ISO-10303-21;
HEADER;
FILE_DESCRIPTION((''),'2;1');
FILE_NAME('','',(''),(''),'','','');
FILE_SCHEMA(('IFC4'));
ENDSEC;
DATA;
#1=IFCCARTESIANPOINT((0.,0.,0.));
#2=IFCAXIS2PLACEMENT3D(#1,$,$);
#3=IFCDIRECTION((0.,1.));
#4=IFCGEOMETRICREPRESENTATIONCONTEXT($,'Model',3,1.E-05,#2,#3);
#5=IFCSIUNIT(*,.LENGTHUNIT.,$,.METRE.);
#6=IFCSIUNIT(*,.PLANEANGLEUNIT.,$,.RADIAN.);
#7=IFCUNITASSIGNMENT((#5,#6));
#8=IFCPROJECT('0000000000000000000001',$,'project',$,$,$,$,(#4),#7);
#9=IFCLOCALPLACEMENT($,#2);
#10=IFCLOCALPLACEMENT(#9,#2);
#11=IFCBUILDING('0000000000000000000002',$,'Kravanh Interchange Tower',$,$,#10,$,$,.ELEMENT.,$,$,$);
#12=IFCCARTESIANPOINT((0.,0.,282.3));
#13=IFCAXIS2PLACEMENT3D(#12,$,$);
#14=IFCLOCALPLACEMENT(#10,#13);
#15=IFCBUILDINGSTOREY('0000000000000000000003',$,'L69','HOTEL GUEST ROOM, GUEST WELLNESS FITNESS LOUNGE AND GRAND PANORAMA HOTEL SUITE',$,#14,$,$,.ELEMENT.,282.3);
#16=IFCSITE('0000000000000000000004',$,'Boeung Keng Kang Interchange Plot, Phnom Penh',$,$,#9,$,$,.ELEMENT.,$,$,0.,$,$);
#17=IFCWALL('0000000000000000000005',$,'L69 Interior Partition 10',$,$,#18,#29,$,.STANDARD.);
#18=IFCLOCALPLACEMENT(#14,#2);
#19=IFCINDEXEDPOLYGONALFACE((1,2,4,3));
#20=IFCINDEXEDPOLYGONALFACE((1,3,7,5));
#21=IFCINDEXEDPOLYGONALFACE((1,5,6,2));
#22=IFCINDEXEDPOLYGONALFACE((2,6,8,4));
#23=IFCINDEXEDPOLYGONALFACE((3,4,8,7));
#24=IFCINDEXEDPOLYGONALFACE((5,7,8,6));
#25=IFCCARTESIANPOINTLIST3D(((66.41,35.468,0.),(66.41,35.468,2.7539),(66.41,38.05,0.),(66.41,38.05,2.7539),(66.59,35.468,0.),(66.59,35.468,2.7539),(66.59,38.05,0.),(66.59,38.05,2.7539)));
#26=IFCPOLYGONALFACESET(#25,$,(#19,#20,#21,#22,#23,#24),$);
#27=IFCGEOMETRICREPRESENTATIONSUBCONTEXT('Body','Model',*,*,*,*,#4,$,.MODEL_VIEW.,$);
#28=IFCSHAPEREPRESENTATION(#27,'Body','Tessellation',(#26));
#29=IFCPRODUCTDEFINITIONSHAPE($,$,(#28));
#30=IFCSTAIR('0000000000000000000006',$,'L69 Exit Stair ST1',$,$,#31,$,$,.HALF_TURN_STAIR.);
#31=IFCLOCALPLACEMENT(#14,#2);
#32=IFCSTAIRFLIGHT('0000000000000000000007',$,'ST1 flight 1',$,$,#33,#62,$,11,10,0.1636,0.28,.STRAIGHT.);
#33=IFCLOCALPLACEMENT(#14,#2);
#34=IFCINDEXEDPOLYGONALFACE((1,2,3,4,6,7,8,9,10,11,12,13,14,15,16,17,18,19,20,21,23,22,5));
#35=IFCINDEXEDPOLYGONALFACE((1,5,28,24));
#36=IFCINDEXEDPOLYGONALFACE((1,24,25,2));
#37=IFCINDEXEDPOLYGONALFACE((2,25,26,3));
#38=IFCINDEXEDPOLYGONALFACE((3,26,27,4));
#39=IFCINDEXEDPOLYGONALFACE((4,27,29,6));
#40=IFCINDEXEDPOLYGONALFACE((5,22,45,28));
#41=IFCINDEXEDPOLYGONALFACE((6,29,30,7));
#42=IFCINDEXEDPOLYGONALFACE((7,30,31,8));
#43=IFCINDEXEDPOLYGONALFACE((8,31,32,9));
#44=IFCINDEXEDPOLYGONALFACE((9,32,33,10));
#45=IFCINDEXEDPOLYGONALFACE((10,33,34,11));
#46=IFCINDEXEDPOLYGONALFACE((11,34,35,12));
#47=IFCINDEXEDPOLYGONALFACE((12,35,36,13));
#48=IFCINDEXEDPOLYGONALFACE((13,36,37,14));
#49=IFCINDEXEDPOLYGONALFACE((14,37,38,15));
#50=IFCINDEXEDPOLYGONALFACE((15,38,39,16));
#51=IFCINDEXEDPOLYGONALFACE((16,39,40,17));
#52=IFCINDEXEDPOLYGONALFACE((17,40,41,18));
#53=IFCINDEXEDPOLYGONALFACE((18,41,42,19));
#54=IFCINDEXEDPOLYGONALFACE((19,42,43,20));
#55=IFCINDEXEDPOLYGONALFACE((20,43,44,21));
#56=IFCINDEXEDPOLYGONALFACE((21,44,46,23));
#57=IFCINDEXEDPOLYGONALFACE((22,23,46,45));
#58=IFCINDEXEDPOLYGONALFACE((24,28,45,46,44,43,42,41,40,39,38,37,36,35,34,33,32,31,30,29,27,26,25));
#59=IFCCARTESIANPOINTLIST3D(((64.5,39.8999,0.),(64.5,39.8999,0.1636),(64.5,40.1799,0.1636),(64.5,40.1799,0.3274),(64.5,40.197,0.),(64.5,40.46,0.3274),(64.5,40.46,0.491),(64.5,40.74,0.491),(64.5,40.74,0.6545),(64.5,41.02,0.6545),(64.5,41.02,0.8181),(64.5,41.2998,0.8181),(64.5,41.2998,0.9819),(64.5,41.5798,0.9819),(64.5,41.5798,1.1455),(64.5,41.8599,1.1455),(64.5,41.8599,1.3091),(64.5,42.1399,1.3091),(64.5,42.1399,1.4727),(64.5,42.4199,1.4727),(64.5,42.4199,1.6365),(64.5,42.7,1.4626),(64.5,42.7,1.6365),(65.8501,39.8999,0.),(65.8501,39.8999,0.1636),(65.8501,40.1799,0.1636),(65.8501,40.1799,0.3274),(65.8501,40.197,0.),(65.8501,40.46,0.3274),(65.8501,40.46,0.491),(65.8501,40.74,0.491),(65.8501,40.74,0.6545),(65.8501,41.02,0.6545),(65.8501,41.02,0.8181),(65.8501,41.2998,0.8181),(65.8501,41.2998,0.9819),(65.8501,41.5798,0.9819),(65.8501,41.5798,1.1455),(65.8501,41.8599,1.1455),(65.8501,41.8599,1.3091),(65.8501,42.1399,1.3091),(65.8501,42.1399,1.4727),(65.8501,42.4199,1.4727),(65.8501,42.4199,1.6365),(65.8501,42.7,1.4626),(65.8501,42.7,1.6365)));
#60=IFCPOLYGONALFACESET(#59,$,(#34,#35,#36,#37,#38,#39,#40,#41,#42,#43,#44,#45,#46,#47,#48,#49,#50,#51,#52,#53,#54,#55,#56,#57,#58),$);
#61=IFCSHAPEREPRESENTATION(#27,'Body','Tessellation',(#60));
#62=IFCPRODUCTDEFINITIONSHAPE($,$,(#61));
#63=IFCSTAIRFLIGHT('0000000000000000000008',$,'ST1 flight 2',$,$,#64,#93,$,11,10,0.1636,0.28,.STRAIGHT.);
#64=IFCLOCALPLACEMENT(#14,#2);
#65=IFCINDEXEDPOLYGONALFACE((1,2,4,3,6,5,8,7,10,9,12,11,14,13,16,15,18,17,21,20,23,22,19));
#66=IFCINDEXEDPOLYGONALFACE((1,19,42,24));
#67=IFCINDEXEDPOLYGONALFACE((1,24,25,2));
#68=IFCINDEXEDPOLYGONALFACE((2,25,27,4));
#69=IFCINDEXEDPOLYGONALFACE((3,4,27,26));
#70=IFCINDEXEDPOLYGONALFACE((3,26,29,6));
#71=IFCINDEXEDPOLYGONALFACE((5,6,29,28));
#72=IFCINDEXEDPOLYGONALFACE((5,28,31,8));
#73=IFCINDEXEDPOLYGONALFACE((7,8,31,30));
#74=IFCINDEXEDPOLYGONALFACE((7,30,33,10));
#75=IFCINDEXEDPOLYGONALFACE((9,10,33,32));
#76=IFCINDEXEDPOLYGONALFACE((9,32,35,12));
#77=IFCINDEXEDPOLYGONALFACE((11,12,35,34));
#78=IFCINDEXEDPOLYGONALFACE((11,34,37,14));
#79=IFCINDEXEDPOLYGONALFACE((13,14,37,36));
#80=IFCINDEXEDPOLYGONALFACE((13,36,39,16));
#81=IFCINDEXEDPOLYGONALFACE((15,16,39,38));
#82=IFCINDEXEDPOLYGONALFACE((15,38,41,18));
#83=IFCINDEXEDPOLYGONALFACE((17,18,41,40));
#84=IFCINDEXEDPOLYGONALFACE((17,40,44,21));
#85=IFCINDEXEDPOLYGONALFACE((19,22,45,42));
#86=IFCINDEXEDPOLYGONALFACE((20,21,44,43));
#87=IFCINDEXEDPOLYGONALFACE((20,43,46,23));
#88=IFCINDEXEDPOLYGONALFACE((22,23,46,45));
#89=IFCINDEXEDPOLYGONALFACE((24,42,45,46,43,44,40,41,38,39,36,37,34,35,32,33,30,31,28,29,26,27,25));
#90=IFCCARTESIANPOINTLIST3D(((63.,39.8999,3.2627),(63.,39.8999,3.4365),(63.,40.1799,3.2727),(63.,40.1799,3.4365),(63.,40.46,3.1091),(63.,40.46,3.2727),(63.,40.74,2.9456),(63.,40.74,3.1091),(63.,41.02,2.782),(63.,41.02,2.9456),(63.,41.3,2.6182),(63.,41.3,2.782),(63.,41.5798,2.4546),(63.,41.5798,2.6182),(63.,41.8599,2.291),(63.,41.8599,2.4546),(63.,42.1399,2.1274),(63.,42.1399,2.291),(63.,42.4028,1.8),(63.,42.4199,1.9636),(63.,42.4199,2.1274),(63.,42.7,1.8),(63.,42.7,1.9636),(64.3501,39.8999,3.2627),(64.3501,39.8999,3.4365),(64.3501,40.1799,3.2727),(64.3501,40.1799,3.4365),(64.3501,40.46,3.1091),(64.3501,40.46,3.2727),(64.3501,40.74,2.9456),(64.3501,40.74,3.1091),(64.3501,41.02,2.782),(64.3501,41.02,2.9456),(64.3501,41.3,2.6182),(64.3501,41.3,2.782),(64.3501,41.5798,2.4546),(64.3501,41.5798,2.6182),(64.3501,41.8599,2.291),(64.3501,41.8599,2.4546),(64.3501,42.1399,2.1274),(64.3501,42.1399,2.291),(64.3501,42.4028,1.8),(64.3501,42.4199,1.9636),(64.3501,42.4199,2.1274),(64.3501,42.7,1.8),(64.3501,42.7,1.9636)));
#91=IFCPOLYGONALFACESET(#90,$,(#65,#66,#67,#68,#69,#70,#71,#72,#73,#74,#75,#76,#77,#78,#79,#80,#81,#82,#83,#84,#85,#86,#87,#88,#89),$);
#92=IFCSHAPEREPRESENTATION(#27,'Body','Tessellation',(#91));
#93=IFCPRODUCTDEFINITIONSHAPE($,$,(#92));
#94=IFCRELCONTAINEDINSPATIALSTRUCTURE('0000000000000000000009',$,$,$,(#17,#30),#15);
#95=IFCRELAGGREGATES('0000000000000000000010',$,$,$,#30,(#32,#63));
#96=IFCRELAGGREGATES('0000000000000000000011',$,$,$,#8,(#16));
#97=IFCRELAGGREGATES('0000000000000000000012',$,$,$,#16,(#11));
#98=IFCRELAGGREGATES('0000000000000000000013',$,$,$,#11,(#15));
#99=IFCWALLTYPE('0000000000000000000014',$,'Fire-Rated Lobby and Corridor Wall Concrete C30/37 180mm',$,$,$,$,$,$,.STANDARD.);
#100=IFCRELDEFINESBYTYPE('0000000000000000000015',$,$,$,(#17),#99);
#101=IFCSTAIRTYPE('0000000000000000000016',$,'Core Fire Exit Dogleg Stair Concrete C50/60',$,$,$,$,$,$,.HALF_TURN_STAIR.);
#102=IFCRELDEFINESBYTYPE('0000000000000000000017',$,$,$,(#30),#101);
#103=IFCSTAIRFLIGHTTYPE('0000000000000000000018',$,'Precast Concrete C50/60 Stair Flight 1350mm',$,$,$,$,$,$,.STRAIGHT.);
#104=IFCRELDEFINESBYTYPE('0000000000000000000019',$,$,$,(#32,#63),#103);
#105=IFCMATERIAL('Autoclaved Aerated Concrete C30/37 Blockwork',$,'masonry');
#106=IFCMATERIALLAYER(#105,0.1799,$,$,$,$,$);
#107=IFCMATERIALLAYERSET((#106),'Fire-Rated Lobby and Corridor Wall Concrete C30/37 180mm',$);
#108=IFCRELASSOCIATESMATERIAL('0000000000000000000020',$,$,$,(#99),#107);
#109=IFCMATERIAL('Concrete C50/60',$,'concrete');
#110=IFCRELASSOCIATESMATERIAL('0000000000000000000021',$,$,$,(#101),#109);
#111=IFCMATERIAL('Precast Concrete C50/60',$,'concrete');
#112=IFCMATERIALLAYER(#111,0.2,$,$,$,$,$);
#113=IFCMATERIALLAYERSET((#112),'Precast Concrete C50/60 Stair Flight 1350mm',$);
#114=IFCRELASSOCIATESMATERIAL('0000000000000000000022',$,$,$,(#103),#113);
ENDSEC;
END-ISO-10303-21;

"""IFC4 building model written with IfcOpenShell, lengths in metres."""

from ifc_helpers import new_model, si_unit, direction, frame, frame_2d, origin, place, context, subcontext, project, spatial, polyline, rectangle, outline, extrude, material, layer, layer_set, type_object, element, aggregate, save


model = new_model("IFC4")

# Units and contexts
model_context = context("Model", 3, precision=1e-05, world=origin(), true_north=direction((0.0, 1.0)))
body_context = subcontext(model_context, "Body", "Model", "MODEL_VIEW")
ifc_project = project(units=[si_unit("LENGTHUNIT", "METRE"), si_unit("PLANEANGLEUNIT", "RADIAN")], contexts=[model_context])

# Site, building, storey
site_placement = place(None, origin())
site = spatial("IfcSite", under=ifc_project, at=site_placement, Name="Boeung Keng Kang Interchange Plot, Phnom Penh", CompositionType="ELEMENT", RefElevation=0.0)
building_placement = place(site_placement, origin())
building = spatial("IfcBuilding", under=site, at=building_placement, Name="Kravanh Interchange Tower", CompositionType="ELEMENT")
storey_placement = place(building_placement, frame((0.0, 0.0, 282.3)))
storey = spatial("IfcBuildingStorey", under=building, at=storey_placement, Name="L69", Description="HOTEL GUEST ROOM, GUEST WELLNESS FITNESS LOUNGE AND GRAND PANORAMA HOTEL SUITE", CompositionType="ELEMENT", Elevation=282.3)

# Wall
ifc_material_1 = material(Name="Autoclaved Aerated Concrete C30/37 Blockwork", Category="masonry")
ifc_layer_1 = layer(ifc_material_1, 0.1799)
ifc_layer_set_1 = layer_set([ifc_layer_1], Name="Fire-Rated Lobby and Corridor Wall Concrete C30/37 180mm")
wall_type_1 = type_object("IfcWallType", Name="Fire-Rated Lobby and Corridor Wall Concrete C30/37 180mm", PredefinedType="STANDARD", material=ifc_layer_set_1)
wall_1_placement = place(storey_placement, frame((66.5, 35.468, 0.0), z_axis=(0.0, 0.0, 1.0), x_axis=(0.0, 1.0, 0.0)))
element("IfcWall", 1, at=wall_1_placement, inside=storey, type_object=wall_type_1, Name="L69 Interior Partition 10", PredefinedType="STANDARD", context=body_context, shape_type="SweptSolid", body=[
    extrude(rectangle(XDim=2.582, YDim=0.1799, at=frame_2d((1.291, 0.0))), origin(), (0.0, 0.0, 1.0), 2.7539),
])

# Stair, stair flights
ifc_material_2 = material(Name="Concrete C50/60", Category="concrete")
stair_type = type_object("IfcStairType", Name="Core Fire Exit Dogleg Stair Concrete C50/60", PredefinedType="HALF_TURN_STAIR", material=ifc_material_2)
stair_placement = place(storey_placement, origin())
stair = element("IfcStair", 2, at=stair_placement, inside=storey, type_object=stair_type, Name="L69 Exit Stair ST1", PredefinedType="HALF_TURN_STAIR")
ifc_material_3 = material(Name="Precast Concrete C50/60", Category="concrete")
ifc_layer_2 = layer(ifc_material_3, 0.2)
ifc_layer_set_2 = layer_set([ifc_layer_2], Name="Precast Concrete C50/60 Stair Flight 1350mm")
stair_flight_type = type_object("IfcStairFlightType", Name="Precast Concrete C50/60 Stair Flight 1350mm", PredefinedType="STRAIGHT", material=ifc_layer_set_2)
stair_flight_1_placement = place(storey_placement, frame((65.175, 39.8999, 0.0), z_axis=(0.0, 0.0, 1.0), x_axis=(0.0, 1.0, 0.0)))
stair_flight_1 = element("IfcStairFlight", 3, at=stair_flight_1_placement, type_object=stair_flight_type, Name="ST1 flight 1", NumberOfRisers=11, NumberOfTreads=10, PredefinedType="STRAIGHT", RiserHeight=0.1636, TreadLength=0.28, context=body_context, shape_type="SweptSolid", body=[
    extrude(outline(polyline([(0.0, 0.0), (0.0, 0.1636), (0.28, 0.1636), (0.28, 0.3274), (0.5601, 0.3274), (0.5601, 0.491), (0.8401, 0.491), (0.8401, 0.6545), (1.1201, 0.6545), (1.1201, 0.8181), (1.3999, 0.8181), (1.3999, 0.9819), (1.6799, 0.9819), (1.6799, 1.1455), (1.96, 1.1455), (1.96, 1.3091), (2.24, 1.3091), (2.24, 1.4727), (2.52, 1.4727), (2.52, 1.6365), (2.8, 1.6365), (2.8, 1.8), (2.8, 1.4626), (0.2971, 0.0), (0.0, 0.0)])), frame((0.0, 0.675, 0.0), z_axis=(0.0, -1.0, 0.0), x_axis=(1.0, 0.0, 0.0)), (0.0, 0.0, 1.0), 1.3501),
])
stair_flight_2_placement = place(storey_placement, frame((63.675, 42.7, 1.8), z_axis=(0.0, 0.0, 1.0), x_axis=(0.0, -1.0, 0.0)))
stair_flight_2 = element("IfcStairFlight", 4, at=stair_flight_2_placement, type_object=stair_flight_type, Name="ST1 flight 2", NumberOfRisers=11, NumberOfTreads=10, PredefinedType="STRAIGHT", RiserHeight=0.1636, TreadLength=0.28, context=body_context, shape_type="SweptSolid", body=[
    extrude(outline(polyline([(0.0, 0.0), (0.0, 0.1636), (0.28, 0.1636), (0.28, 0.3274), (0.5601, 0.3274), (0.5601, 0.491), (0.8401, 0.491), (0.8401, 0.6545), (1.1201, 0.6545), (1.1201, 0.8181), (1.3999, 0.8181), (1.3999, 0.9819), (1.6799, 0.9819), (1.6799, 1.1455), (1.96, 1.1455), (1.96, 1.3091), (2.24, 1.3091), (2.24, 1.4727), (2.52, 1.4727), (2.52, 1.6365), (2.8, 1.6365), (2.8, 1.8), (2.8, 1.4626), (0.2971, 0.0), (0.0, 0.0)])), frame((0.0, 0.675, 0.0), z_axis=(0.0, -1.0, 0.0), x_axis=(1.0, 0.0, 0.0)), (0.0, 0.0, 1.0), 1.3501),
])
aggregate(stair, [stair_flight_1, stair_flight_2])

save(model, "model.ifc")
